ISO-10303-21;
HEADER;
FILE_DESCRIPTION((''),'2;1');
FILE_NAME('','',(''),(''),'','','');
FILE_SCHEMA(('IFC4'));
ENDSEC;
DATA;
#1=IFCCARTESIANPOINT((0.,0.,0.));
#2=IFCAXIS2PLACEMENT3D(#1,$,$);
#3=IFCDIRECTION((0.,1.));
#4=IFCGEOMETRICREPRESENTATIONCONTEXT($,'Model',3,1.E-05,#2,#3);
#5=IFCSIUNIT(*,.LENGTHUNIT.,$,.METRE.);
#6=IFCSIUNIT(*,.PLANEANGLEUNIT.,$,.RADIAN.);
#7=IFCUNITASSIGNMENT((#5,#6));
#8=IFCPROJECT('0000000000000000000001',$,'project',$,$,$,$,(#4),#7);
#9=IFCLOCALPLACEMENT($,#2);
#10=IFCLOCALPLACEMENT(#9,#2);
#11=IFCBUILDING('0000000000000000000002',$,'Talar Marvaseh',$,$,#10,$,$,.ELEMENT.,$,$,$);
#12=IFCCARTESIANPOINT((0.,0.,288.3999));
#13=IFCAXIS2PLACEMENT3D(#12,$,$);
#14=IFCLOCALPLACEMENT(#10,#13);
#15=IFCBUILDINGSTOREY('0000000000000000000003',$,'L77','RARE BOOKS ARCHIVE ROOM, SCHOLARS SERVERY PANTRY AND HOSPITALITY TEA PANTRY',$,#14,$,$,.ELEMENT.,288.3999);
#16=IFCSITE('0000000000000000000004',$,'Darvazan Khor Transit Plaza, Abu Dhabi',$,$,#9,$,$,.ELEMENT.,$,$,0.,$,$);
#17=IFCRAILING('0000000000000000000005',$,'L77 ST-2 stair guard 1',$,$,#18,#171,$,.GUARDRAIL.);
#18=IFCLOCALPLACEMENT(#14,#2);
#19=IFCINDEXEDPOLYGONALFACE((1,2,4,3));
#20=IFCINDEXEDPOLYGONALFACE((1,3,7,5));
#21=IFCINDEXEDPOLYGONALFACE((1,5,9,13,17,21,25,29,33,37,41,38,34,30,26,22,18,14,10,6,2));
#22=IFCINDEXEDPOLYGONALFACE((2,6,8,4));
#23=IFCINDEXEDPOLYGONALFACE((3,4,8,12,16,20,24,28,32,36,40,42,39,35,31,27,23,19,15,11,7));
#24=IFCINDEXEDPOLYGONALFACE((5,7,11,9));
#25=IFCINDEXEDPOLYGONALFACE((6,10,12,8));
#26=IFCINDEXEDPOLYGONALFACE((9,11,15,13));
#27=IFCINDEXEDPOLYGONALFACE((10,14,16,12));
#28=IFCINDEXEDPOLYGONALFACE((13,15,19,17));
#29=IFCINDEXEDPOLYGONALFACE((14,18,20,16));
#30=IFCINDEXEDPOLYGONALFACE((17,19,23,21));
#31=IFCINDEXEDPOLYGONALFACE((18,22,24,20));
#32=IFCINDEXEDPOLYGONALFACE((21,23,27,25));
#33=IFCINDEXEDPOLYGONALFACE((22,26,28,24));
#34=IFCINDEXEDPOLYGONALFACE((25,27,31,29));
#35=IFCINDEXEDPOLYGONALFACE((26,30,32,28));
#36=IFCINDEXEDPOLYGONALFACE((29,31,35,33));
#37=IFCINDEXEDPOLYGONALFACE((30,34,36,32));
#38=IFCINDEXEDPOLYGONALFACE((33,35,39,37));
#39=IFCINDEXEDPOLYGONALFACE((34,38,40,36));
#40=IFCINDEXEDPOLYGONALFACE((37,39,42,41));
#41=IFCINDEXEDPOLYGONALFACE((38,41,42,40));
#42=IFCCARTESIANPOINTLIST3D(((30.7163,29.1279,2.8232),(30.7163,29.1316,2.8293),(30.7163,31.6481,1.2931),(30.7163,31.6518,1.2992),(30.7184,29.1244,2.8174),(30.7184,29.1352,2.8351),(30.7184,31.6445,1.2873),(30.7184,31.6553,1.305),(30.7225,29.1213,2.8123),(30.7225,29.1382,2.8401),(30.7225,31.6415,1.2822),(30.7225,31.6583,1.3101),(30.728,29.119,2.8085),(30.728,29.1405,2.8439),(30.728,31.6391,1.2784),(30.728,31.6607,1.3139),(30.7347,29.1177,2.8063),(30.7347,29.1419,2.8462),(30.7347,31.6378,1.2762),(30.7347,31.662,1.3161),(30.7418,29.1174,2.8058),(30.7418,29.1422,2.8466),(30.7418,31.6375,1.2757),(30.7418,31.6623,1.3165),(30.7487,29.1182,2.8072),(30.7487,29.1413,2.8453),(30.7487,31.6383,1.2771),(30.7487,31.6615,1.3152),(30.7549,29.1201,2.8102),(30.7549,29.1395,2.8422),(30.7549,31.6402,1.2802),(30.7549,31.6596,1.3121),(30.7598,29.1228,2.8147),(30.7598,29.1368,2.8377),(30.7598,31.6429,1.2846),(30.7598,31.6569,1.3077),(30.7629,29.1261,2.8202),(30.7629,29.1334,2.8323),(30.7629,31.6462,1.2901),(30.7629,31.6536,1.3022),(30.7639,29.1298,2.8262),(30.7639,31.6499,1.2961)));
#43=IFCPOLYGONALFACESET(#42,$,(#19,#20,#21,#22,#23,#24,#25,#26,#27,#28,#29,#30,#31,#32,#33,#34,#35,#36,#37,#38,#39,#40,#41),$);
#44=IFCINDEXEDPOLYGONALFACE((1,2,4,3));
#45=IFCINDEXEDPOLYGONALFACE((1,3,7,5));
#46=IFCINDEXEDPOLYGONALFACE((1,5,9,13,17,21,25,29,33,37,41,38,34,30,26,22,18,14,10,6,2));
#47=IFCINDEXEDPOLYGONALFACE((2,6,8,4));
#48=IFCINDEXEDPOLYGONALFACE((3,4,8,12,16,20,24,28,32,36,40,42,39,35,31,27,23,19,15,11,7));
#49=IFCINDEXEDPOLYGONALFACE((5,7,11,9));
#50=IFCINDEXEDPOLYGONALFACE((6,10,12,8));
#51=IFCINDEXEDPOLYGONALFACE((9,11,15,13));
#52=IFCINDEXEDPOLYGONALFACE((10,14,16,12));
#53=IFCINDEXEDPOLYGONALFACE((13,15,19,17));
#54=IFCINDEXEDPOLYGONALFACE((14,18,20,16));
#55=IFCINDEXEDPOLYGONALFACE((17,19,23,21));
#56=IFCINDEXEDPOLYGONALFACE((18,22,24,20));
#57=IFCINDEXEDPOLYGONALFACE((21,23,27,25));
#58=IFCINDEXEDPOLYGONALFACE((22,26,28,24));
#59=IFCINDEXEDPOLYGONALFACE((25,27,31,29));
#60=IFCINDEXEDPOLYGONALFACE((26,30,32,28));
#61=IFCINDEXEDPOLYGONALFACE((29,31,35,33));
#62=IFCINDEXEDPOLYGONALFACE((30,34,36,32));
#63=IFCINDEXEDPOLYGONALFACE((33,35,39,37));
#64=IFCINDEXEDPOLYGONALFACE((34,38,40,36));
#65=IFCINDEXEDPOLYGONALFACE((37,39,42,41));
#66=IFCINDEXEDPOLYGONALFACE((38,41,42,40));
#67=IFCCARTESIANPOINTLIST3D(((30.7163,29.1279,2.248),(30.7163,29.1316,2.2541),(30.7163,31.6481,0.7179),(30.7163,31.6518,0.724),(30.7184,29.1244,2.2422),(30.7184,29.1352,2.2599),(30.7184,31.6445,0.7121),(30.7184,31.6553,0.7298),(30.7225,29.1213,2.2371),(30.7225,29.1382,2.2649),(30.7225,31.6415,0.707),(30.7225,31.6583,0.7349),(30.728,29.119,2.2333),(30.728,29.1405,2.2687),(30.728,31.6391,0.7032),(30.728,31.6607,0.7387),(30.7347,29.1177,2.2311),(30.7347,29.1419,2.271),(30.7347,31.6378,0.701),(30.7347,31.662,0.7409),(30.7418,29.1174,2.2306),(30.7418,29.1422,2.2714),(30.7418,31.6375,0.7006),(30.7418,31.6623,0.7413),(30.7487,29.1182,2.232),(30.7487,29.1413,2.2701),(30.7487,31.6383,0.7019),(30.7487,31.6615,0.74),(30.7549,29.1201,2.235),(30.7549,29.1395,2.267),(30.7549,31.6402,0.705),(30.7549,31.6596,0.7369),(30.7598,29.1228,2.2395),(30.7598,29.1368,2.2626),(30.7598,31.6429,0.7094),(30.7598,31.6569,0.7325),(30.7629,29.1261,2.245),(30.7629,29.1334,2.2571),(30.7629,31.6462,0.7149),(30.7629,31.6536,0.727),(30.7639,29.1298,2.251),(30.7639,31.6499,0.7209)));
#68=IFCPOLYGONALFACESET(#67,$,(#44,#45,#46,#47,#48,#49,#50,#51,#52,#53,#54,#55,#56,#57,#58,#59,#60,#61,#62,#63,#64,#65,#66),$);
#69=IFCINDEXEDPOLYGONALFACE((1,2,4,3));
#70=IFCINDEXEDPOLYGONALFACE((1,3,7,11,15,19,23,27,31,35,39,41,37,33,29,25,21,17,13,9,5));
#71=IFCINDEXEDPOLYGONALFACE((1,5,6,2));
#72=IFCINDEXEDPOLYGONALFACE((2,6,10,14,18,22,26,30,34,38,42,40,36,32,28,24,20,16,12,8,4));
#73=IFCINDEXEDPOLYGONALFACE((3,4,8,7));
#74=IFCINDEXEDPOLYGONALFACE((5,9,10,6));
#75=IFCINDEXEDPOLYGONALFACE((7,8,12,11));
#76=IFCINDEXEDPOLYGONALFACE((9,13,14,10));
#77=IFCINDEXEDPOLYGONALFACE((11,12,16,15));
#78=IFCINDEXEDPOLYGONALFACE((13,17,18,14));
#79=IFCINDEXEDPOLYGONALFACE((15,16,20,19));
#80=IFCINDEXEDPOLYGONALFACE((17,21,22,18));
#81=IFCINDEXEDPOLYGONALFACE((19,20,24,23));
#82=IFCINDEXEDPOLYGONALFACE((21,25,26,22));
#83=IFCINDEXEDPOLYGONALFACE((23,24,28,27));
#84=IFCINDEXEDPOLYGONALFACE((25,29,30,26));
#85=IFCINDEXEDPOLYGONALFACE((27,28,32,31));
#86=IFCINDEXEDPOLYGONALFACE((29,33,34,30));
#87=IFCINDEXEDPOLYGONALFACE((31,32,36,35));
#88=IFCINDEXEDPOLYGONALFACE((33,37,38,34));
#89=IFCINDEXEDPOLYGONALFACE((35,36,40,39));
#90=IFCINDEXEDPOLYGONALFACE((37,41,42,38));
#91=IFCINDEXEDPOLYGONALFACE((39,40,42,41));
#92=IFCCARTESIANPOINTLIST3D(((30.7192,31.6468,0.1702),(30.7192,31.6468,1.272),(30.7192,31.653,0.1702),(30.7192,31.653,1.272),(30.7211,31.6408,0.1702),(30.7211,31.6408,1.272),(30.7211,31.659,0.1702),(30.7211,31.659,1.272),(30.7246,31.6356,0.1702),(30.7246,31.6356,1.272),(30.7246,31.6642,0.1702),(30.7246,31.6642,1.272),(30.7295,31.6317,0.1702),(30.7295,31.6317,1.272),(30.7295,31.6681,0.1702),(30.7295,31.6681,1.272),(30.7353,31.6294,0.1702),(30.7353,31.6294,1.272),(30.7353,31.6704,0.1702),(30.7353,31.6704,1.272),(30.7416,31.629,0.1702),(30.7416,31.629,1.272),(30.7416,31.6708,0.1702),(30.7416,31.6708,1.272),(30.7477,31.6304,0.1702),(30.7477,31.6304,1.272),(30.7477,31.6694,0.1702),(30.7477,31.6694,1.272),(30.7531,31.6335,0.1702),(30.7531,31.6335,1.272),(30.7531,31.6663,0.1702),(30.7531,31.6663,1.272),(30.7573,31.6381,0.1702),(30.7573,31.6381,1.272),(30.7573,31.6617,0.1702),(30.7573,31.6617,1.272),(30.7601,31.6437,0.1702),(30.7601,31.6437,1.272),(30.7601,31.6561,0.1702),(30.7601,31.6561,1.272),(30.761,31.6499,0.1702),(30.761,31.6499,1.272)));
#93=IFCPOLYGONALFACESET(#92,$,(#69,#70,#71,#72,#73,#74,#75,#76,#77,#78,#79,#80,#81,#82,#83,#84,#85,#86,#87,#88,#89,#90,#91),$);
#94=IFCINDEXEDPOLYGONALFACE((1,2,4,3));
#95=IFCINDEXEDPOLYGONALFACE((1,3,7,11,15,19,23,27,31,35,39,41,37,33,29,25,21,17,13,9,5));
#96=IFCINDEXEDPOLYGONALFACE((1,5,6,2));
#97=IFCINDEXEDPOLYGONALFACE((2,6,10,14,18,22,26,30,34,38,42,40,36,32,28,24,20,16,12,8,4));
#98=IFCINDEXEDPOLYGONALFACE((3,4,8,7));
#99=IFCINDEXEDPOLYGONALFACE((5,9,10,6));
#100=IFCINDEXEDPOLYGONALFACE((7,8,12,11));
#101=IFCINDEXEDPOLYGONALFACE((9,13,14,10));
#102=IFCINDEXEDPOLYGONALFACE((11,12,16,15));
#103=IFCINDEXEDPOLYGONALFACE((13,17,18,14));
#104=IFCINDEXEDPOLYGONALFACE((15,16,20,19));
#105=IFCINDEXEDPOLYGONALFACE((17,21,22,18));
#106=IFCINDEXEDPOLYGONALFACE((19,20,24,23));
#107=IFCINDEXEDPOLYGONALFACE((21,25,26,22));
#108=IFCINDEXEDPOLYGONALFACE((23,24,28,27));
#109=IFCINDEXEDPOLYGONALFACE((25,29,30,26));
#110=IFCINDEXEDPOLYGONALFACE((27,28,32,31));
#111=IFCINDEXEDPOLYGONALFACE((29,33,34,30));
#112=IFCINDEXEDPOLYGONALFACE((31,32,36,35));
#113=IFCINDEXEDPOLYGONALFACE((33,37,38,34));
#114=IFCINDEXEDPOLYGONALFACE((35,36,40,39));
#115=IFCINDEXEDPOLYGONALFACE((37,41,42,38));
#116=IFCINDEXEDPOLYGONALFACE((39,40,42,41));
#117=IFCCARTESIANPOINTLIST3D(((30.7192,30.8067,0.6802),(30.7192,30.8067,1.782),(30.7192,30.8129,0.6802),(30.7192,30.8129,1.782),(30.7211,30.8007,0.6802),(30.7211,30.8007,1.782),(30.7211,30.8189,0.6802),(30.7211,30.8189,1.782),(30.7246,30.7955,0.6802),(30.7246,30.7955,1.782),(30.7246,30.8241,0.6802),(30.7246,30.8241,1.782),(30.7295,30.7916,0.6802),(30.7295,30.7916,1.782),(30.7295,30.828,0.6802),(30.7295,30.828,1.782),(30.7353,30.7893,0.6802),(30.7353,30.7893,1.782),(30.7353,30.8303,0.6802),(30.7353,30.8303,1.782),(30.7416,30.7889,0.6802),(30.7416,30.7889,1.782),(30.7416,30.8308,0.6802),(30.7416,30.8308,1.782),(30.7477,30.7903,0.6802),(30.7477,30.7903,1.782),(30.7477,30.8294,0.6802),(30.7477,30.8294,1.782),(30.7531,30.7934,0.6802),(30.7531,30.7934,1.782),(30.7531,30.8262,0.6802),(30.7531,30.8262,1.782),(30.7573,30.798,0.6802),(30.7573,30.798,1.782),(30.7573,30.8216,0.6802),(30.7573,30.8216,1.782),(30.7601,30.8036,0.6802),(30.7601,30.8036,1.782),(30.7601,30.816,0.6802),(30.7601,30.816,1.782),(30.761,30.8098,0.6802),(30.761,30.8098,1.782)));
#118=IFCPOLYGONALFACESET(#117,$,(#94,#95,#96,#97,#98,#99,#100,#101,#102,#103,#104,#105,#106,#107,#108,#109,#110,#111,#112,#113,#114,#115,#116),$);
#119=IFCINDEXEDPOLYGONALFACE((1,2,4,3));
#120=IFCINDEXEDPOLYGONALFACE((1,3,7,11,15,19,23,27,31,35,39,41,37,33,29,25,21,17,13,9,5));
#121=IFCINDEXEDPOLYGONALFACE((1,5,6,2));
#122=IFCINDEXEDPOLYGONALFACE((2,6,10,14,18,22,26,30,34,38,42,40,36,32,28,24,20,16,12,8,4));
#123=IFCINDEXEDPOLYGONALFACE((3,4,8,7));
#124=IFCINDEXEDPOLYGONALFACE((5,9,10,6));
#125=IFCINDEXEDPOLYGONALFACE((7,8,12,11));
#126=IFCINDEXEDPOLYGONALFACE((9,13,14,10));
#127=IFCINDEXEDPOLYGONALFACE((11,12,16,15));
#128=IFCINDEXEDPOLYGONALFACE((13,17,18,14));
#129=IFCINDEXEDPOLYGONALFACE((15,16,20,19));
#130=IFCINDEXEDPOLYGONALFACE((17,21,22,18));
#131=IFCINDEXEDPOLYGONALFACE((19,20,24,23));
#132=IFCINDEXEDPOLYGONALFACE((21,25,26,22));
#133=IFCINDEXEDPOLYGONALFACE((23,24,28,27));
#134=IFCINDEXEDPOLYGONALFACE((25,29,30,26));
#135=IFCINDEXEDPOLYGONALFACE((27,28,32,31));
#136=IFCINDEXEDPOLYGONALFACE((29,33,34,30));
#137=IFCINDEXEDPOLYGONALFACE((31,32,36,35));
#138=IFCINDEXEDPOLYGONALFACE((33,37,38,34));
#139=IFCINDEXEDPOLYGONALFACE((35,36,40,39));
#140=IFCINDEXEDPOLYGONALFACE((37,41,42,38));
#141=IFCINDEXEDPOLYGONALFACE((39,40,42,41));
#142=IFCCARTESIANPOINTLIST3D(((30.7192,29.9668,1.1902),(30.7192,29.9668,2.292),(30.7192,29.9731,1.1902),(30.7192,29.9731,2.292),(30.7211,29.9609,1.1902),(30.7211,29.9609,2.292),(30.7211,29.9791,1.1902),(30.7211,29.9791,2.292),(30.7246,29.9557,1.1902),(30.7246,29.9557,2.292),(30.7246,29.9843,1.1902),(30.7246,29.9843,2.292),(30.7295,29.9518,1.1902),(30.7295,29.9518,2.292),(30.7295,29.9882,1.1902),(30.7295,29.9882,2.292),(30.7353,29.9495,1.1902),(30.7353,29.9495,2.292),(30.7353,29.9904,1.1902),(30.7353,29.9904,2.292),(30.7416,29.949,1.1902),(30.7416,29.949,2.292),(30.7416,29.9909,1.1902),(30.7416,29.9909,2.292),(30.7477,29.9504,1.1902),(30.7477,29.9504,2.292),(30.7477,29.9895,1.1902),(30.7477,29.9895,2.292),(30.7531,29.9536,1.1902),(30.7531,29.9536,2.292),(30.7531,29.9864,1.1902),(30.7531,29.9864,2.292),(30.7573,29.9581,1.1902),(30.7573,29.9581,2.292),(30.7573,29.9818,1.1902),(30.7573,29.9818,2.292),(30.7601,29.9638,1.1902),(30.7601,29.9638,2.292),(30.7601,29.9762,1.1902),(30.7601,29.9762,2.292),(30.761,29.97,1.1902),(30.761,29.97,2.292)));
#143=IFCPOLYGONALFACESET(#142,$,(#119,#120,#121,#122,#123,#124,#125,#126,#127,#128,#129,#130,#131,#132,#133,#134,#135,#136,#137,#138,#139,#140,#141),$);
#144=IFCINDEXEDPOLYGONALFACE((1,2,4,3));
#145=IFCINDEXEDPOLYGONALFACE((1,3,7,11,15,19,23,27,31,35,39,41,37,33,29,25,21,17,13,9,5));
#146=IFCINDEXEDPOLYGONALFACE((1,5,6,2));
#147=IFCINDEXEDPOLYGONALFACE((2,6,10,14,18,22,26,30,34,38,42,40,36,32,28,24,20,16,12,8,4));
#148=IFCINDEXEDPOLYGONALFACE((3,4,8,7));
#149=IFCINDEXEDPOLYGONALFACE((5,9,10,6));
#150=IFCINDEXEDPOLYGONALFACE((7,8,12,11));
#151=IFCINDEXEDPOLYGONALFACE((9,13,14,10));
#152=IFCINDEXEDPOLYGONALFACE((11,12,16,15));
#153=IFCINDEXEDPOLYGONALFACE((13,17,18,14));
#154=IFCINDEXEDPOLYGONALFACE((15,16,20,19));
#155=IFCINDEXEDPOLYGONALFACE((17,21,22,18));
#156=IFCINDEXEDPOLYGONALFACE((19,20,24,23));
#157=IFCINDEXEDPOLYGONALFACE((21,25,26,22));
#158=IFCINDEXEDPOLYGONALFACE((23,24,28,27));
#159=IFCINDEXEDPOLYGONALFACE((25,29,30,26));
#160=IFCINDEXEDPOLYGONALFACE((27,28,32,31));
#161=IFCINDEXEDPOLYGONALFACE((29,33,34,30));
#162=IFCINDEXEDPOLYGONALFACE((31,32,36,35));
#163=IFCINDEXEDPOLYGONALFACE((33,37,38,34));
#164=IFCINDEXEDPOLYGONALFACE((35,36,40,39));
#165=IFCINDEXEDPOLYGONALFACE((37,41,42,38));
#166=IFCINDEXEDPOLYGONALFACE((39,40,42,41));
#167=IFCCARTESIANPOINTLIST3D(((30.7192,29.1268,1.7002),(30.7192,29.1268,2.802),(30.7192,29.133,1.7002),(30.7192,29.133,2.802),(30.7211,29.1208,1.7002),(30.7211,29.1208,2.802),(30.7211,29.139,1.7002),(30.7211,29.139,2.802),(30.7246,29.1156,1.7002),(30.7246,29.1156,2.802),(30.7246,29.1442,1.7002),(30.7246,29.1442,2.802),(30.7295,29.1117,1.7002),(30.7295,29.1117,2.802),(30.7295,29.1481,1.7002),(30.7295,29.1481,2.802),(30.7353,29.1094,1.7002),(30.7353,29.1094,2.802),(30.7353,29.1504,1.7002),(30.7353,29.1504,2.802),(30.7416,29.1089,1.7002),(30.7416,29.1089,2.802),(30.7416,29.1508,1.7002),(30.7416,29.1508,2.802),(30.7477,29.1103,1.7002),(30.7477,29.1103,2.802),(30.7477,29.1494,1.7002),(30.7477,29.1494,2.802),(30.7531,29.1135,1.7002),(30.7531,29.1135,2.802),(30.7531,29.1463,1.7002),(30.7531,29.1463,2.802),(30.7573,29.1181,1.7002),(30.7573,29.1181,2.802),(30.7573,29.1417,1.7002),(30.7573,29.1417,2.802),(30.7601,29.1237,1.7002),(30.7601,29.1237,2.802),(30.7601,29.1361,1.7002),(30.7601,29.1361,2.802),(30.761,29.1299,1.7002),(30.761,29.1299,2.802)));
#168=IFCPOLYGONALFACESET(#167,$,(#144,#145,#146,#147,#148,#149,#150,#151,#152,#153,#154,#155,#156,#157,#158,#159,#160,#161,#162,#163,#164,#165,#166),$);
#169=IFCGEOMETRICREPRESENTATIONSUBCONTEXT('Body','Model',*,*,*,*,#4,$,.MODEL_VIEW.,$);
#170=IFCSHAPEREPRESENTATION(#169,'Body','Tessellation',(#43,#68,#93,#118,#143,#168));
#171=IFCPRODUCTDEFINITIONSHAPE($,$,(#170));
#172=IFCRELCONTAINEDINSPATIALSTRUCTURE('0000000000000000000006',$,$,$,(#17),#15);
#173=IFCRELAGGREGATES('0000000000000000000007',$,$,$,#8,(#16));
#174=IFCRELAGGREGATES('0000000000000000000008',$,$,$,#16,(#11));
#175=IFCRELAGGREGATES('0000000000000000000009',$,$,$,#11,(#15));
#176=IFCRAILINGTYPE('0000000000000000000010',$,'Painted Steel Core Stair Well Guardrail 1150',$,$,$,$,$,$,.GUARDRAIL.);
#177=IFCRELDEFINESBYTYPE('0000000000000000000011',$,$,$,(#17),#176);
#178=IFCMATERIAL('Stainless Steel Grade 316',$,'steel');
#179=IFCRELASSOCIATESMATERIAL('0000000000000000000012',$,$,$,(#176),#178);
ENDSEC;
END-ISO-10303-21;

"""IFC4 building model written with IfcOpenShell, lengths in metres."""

from ifc_helpers import new_model, si_unit, direction, frame, origin, origin_2d, place, context, subcontext, project, spatial, circle, extrude, material, type_object, element, save


model = new_model("IFC4")

# Units and contexts
model_context = context("Model", 3, precision=1e-05, world=origin(), true_north=direction((0.0, 1.0)))
body_context = subcontext(model_context, "Body", "Model", "MODEL_VIEW")
ifc_project = project(units=[si_unit("LENGTHUNIT", "METRE"), si_unit("PLANEANGLEUNIT", "RADIAN")], contexts=[model_context])

# Site, building, storey
site_placement = place(None, origin())
site = spatial("IfcSite", under=ifc_project, at=site_placement, Name="Darvazan Khor Transit Plaza, Abu Dhabi", CompositionType="ELEMENT", RefElevation=0.0)
building_placement = place(site_placement, origin())
building = spatial("IfcBuilding", under=site, at=building_placement, Name="Talar Marvaseh", CompositionType="ELEMENT")
storey_placement = place(building_placement, frame((0.0, 0.0, 288.3999)))
storey = spatial("IfcBuildingStorey", under=building, at=storey_placement, Name="L77", Description="RARE BOOKS ARCHIVE ROOM, SCHOLARS SERVERY PANTRY AND HOSPITALITY TEA PANTRY", CompositionType="ELEMENT", Elevation=288.3999)

# Shared definitions
ifc_material_1 = material(Name="Stainless Steel Grade 316", Category="steel")

# Railing
railing_type_1 = type_object("IfcRailingType", Name="Painted Steel Core Stair Well Guardrail 1150", PredefinedType="GUARDRAIL", material=ifc_material_1)
railing_1_placement = place(storey_placement, frame((30.74, 31.6499, 0.1702)))
element("IfcRailing", 1, at=railing_1_placement, inside=storey, type_object=railing_type_1, Name="L77 ST-2 stair guard 1", PredefinedType="GUARDRAIL", context=body_context, shape_type="SweptSolid", body=[
    extrude(circle(Radius=0.0239, at=origin_2d()), frame((0.0, 0.0, 1.126), z_axis=(0.0, -0.854785, 0.518982), x_axis=(1.0, 0.0, 0.0)), (0.0, 0.0, 1.0), 2.9482),
    extrude(circle(Radius=0.0239, at=origin_2d()), frame((0.0, 0.0, 0.5508), z_axis=(0.0, -0.854785, 0.518982), x_axis=(1.0, 0.0, 0.0)), (0.0, 0.0, 1.0), 2.9482),
    extrude(circle(Radius=0.021, at=origin_2d()), origin(), (0.0, 0.0, 1.0), 1.1018),
    extrude(circle(Radius=0.021, at=origin_2d()), frame((0.0, -0.8401, 0.51)), (0.0, 0.0, 1.0), 1.1018),
    extrude(circle(Radius=0.021, at=origin_2d()), frame((0.0, -1.6799, 1.02)), (0.0, 0.0, 1.0), 1.1018),
    extrude(circle(Radius=0.021, at=origin_2d()), frame((0.0, -2.52, 1.53)), (0.0, 0.0, 1.0), 1.1018),
])

save(model, "model.ifc")
